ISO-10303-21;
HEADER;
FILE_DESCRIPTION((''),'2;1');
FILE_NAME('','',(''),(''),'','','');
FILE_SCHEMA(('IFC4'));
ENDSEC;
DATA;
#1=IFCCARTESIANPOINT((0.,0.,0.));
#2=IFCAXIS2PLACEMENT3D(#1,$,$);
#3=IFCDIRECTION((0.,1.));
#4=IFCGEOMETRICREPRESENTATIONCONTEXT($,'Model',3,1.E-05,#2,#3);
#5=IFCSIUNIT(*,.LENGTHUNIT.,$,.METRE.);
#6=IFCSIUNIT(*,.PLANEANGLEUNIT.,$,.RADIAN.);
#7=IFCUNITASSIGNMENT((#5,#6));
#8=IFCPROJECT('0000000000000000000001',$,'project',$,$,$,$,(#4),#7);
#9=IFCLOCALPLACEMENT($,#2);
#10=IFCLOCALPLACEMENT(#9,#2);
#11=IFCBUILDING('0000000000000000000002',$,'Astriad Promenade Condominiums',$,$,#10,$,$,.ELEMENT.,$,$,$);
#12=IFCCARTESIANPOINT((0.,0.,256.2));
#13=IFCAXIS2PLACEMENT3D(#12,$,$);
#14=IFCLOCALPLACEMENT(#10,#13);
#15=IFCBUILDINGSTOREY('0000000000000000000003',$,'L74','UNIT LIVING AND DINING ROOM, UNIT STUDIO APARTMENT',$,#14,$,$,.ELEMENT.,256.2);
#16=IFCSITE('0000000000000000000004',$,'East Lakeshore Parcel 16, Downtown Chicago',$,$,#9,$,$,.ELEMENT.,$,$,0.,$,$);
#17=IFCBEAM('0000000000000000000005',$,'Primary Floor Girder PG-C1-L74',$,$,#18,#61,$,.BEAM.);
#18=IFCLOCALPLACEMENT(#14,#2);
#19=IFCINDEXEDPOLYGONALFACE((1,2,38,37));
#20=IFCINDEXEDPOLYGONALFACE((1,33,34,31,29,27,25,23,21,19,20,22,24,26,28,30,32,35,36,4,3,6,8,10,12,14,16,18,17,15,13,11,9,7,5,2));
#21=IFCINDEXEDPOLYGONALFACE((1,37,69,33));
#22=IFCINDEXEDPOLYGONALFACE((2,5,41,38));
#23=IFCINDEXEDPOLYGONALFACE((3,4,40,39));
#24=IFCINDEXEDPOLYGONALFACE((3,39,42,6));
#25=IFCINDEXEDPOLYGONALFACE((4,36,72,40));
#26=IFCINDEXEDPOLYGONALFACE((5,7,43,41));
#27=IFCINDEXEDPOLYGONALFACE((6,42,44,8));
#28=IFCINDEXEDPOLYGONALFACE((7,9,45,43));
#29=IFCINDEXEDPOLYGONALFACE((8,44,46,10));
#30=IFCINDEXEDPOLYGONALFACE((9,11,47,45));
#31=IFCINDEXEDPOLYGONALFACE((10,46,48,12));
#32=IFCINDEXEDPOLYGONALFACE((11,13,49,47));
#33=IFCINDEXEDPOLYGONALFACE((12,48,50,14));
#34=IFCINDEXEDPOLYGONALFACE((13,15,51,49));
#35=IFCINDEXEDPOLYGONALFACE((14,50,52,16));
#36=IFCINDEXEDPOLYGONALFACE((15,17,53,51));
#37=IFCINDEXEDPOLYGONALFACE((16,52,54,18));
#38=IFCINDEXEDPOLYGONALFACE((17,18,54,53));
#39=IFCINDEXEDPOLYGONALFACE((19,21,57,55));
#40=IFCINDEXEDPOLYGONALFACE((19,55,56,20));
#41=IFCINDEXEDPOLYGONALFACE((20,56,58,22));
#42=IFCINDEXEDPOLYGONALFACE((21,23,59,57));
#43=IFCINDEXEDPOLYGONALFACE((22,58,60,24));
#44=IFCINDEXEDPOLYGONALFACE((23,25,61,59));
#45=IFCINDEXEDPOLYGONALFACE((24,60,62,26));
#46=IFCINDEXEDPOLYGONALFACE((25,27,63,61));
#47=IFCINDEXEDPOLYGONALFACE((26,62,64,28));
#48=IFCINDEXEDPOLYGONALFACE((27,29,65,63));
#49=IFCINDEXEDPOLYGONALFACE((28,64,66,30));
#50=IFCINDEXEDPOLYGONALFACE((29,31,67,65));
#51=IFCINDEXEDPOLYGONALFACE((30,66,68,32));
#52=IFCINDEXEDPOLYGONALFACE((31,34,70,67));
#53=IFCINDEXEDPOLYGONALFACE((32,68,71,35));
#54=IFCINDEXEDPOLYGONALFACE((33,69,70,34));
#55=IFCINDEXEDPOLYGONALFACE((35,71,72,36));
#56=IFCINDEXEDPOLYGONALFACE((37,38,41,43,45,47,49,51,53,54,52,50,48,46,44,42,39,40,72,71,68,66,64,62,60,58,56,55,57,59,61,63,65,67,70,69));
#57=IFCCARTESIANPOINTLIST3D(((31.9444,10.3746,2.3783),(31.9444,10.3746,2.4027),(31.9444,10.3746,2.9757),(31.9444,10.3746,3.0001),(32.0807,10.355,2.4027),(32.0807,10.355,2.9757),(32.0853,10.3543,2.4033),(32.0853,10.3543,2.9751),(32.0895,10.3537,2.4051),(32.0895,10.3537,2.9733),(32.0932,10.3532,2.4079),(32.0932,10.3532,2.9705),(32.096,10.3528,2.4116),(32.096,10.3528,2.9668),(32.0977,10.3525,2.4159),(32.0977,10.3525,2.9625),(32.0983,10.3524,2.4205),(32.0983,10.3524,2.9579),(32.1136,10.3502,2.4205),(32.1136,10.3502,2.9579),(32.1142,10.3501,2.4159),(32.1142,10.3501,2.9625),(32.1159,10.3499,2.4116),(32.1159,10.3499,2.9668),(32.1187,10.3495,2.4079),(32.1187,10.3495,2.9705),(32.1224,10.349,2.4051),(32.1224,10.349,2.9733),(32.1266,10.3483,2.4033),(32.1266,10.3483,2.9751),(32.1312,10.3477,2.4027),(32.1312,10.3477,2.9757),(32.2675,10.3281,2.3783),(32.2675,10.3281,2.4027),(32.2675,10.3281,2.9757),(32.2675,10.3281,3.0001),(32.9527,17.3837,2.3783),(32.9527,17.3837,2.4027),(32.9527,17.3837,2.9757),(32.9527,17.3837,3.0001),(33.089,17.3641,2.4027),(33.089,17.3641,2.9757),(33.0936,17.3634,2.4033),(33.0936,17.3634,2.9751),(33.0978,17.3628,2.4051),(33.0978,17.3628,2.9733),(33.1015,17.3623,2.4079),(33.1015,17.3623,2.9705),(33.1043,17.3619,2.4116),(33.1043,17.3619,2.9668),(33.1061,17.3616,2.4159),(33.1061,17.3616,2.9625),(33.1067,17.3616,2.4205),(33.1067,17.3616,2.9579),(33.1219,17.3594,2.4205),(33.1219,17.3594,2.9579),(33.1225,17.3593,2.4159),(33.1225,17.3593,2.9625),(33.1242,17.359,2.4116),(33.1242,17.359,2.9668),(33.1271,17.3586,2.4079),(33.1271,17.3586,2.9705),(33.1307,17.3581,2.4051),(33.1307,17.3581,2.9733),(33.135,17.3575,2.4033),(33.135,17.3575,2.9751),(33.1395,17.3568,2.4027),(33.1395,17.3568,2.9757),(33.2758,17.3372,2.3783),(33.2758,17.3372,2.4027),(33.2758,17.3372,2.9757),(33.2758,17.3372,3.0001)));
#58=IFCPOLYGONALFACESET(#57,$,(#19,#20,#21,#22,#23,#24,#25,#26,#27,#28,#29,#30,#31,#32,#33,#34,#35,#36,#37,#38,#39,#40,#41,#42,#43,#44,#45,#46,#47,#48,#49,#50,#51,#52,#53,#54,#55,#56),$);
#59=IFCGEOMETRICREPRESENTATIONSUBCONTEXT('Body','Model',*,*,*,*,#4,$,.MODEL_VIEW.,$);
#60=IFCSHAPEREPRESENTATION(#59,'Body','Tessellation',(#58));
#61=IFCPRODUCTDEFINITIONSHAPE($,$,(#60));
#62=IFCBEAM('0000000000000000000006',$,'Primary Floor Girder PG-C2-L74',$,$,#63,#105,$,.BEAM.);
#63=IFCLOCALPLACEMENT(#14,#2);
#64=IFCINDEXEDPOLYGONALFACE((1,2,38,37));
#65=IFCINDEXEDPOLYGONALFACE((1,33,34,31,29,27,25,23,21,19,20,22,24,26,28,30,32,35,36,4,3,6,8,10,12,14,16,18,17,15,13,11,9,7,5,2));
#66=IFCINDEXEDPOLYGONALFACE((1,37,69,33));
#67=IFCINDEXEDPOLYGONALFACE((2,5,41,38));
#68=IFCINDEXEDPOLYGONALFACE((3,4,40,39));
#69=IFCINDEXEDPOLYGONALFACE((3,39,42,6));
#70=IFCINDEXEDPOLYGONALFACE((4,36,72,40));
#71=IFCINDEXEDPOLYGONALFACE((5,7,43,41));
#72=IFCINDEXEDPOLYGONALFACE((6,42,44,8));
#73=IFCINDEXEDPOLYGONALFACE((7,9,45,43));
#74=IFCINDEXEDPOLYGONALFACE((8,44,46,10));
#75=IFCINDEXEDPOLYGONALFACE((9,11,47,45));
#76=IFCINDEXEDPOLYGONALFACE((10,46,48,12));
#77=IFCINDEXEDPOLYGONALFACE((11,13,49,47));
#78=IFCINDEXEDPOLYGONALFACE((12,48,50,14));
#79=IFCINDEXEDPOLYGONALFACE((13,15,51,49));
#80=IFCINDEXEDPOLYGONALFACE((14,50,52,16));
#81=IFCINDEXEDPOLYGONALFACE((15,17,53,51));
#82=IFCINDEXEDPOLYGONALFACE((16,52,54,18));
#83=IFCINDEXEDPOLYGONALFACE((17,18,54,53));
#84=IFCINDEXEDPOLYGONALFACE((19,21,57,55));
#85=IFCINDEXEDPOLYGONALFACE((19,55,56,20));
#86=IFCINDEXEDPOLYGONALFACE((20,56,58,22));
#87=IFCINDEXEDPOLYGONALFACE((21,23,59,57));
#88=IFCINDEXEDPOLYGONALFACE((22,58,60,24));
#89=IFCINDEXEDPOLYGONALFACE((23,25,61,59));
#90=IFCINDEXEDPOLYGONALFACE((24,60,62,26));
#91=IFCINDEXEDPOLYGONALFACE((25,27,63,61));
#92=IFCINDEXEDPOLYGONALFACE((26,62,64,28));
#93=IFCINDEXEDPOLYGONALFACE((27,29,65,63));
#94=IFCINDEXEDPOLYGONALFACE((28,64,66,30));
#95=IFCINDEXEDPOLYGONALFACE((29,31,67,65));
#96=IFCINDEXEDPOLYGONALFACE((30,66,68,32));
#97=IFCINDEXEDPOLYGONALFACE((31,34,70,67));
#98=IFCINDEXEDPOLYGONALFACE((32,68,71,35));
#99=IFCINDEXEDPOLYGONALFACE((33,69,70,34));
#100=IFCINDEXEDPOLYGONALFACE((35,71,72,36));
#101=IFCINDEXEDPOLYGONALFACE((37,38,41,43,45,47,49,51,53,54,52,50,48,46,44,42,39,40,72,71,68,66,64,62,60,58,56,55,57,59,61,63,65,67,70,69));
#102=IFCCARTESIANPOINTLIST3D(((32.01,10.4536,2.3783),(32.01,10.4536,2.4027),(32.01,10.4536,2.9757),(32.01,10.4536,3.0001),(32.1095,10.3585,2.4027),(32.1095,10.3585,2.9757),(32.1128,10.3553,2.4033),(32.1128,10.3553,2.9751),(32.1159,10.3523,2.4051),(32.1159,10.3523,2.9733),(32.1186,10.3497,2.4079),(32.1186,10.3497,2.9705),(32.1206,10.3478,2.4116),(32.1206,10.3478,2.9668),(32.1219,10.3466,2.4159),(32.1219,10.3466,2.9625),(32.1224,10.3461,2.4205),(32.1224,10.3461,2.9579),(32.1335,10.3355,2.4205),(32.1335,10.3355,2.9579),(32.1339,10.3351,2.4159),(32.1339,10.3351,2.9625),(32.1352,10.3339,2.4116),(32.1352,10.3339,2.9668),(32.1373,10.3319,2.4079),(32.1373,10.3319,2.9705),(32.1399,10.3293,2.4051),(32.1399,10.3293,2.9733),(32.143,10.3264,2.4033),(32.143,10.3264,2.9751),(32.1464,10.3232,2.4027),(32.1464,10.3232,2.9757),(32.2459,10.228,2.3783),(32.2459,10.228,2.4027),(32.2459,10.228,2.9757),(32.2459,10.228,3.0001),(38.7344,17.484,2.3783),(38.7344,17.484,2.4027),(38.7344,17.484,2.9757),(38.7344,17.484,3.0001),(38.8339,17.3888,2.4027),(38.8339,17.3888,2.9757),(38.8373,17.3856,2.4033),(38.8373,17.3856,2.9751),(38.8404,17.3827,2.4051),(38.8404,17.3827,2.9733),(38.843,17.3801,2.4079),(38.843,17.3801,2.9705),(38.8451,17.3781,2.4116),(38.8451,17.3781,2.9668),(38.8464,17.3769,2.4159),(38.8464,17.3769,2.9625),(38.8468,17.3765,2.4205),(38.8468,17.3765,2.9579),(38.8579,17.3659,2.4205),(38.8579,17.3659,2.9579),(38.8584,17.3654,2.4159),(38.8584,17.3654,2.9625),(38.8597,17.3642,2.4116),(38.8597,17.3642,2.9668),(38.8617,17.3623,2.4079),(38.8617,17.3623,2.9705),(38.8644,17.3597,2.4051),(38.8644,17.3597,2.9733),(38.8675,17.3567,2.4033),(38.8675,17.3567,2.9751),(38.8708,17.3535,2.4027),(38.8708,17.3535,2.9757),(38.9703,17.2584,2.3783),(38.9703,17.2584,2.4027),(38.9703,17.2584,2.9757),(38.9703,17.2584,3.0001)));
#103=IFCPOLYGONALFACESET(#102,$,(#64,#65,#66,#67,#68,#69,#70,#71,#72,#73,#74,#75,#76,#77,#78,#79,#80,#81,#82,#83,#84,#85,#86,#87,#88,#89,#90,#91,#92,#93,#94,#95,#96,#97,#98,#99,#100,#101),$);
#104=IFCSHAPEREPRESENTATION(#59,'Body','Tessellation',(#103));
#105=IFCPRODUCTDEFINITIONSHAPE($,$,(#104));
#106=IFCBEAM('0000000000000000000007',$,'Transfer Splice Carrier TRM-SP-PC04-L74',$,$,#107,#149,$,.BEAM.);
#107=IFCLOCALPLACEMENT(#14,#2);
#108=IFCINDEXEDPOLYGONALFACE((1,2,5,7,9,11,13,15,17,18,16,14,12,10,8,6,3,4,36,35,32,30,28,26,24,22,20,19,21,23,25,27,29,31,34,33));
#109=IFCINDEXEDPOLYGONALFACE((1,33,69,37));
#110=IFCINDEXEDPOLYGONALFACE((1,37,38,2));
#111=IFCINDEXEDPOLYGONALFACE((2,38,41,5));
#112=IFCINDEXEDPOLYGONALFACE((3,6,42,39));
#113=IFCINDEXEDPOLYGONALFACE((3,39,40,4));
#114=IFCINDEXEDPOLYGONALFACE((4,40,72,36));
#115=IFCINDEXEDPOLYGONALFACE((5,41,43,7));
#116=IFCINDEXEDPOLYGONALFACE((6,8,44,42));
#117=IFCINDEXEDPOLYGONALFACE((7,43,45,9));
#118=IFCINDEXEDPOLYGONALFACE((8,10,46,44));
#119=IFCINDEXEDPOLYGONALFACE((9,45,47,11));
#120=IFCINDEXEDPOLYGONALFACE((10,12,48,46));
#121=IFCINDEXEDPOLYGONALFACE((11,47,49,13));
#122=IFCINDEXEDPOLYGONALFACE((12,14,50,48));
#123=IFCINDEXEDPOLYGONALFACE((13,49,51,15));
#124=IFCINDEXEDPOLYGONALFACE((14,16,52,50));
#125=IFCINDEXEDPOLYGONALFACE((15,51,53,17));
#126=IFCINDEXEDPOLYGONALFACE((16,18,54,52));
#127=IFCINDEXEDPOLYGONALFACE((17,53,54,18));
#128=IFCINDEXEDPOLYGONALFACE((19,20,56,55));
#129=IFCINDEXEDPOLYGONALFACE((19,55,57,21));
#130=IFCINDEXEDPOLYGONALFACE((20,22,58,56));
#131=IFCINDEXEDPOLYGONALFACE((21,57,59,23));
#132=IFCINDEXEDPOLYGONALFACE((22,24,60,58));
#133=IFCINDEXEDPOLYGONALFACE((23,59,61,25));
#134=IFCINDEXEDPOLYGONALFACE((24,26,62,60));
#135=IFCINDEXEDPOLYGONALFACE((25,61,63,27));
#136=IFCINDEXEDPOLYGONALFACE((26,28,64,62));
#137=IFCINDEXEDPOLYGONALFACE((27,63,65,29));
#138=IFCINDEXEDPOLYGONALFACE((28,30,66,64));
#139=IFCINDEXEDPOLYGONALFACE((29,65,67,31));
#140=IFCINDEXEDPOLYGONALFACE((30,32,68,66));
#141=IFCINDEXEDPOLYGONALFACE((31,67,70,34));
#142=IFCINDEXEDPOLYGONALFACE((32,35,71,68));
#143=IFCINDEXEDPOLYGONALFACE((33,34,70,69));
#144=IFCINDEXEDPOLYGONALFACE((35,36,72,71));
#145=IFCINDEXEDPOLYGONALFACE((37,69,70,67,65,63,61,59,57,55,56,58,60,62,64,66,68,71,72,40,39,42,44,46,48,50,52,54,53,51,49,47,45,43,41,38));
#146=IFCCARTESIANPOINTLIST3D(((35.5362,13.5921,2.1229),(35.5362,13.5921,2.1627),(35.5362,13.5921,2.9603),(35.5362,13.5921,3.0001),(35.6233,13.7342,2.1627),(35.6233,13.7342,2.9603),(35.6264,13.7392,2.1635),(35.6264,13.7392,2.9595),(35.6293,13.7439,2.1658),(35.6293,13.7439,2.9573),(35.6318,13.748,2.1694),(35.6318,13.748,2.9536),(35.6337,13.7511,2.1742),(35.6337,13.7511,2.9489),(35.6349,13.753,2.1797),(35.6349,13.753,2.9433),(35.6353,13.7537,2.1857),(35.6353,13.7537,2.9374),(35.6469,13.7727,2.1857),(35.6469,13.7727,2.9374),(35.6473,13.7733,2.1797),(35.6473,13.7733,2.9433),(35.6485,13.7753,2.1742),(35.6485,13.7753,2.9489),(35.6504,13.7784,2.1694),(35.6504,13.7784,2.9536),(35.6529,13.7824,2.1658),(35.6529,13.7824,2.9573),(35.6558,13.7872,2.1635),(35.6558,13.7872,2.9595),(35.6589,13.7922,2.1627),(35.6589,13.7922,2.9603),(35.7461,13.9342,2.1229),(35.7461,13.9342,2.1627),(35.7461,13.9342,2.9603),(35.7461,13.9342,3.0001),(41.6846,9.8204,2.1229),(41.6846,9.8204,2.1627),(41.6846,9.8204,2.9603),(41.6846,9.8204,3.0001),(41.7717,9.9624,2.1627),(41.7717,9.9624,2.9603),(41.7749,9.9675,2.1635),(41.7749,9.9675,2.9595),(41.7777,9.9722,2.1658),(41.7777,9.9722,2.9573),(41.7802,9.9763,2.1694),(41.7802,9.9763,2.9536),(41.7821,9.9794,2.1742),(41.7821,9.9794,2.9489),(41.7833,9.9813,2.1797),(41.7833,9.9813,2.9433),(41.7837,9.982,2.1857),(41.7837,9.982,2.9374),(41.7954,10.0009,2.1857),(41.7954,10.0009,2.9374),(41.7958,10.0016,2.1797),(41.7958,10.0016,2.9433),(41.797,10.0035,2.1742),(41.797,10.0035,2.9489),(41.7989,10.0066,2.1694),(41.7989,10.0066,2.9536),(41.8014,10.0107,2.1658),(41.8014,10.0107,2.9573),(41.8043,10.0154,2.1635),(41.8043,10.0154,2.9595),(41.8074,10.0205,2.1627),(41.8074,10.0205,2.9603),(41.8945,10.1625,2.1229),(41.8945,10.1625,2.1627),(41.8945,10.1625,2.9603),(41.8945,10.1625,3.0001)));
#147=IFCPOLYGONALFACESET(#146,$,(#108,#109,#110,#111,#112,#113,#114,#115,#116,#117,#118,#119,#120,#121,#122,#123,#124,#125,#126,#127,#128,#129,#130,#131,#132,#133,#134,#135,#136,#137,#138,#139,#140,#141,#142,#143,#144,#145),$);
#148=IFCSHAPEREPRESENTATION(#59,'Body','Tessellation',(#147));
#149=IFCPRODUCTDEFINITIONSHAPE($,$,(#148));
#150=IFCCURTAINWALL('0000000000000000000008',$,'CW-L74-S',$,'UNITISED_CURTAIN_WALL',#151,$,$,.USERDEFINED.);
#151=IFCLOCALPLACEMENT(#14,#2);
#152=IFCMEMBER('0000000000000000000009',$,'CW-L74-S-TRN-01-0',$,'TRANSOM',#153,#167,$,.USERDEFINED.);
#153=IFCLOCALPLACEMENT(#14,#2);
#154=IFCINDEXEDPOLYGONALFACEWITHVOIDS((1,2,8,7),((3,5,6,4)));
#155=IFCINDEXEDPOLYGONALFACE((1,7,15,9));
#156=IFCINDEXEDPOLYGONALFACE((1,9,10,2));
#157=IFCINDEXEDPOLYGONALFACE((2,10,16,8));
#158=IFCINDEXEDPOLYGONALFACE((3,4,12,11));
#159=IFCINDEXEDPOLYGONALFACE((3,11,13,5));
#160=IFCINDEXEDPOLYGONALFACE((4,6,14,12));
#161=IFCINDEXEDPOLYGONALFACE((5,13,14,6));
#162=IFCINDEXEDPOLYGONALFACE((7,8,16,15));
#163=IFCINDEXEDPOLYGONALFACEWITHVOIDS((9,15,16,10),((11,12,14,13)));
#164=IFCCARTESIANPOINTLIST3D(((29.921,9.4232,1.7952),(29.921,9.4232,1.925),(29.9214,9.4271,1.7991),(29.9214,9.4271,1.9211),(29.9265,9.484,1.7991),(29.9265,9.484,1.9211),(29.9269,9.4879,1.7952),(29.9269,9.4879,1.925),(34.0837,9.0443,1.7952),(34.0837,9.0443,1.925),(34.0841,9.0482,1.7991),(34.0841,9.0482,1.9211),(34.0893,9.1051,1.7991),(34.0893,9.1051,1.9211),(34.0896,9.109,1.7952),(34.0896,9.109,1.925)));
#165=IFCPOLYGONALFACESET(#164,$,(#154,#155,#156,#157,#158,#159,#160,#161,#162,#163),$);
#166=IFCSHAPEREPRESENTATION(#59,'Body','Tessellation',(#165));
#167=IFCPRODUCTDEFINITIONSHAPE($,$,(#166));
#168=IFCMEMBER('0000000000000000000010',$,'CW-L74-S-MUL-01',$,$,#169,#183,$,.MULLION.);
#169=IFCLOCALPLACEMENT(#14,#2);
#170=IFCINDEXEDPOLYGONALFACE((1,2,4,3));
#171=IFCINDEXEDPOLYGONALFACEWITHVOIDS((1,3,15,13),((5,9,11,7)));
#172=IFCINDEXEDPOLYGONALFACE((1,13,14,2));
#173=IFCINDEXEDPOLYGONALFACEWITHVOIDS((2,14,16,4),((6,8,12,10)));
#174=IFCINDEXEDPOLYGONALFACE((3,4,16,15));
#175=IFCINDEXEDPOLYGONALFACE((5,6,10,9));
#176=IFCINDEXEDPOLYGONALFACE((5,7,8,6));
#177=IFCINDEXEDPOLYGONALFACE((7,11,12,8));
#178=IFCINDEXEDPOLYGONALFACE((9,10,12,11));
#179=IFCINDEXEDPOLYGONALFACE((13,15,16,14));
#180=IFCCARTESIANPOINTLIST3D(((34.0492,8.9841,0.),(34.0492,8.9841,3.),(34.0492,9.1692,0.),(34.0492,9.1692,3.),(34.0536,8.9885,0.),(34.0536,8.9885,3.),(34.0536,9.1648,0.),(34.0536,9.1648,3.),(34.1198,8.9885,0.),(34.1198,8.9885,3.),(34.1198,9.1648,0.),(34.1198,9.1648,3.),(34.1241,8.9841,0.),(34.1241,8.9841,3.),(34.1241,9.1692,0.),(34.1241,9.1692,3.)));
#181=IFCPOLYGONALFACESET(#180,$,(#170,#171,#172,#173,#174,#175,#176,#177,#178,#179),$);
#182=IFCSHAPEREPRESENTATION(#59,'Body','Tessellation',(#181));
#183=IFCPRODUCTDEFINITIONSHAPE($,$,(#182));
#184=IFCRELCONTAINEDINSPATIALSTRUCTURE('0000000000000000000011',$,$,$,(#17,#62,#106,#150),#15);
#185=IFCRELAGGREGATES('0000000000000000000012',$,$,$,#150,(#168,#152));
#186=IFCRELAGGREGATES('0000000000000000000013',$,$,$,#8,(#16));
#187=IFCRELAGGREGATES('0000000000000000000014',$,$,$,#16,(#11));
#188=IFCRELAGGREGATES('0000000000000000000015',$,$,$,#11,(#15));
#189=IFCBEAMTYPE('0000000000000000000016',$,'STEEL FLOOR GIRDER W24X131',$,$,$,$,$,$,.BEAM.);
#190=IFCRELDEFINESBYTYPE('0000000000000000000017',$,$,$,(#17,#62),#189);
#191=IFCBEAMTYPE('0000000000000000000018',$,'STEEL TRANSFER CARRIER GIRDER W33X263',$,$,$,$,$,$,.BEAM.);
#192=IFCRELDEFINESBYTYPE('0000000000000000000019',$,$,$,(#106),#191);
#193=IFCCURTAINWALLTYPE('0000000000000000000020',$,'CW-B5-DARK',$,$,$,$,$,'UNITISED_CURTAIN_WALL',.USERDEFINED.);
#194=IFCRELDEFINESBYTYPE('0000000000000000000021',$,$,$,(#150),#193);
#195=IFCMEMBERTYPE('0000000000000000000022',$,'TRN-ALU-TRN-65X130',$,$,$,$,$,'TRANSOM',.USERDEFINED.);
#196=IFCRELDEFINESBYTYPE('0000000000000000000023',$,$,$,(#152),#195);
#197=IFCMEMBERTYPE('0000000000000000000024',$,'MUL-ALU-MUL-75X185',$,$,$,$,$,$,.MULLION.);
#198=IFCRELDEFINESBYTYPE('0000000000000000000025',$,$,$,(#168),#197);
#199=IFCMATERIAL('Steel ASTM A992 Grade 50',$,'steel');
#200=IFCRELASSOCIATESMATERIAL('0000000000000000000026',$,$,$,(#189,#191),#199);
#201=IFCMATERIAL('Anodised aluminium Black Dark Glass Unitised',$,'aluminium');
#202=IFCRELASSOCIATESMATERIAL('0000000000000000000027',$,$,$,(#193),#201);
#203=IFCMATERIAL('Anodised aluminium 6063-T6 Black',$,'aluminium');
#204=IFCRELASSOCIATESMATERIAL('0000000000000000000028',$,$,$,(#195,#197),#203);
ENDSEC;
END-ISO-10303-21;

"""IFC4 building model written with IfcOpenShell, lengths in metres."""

from ifc_helpers import new_model, si_unit, direction, frame, origin, origin_2d, place, context, subcontext, project, spatial, hollow_rectangle, i_section, extrude, source, transform, mapped, material, material_profile, profile_set, type_object, type_shapes, element, aggregate, save


model = new_model("IFC4")

# Units and contexts
model_context = context("Model", 3, precision=1e-05, world=origin(), true_north=direction((0.0, 1.0)))
body_context = subcontext(model_context, "Body", "Model", "MODEL_VIEW")
ifc_project = project(units=[si_unit("LENGTHUNIT", "METRE"), si_unit("PLANEANGLEUNIT", "RADIAN")], contexts=[model_context])

# Site, building, storey
site_placement = place(None, origin())
site = spatial("IfcSite", under=ifc_project, at=site_placement, Name="East Lakeshore Parcel 16, Downtown Chicago", CompositionType="ELEMENT", RefElevation=0.0)
building_placement = place(site_placement, origin())
building = spatial("IfcBuilding", under=site, at=building_placement, Name="Astriad Promenade Condominiums", CompositionType="ELEMENT")
storey_placement = place(building_placement, frame((0.0, 0.0, 256.2)))
storey = spatial("IfcBuildingStorey", under=building, at=storey_placement, Name="L74", Description="UNIT LIVING AND DINING ROOM, UNIT STUDIO APARTMENT", CompositionType="ELEMENT", Elevation=256.2)

# Shared definitions
ifc_material_1 = material(Name="Steel ASTM A992 Grade 50", Category="steel")

# Beams
ifc_material_profile_1 = material_profile(ifc_material_1, i_section(OverallWidth=0.3264, OverallDepth=0.6218, WebThickness=0.0154, FlangeThickness=0.0244, FilletRadius=0.0178, at=origin_2d()), Name="W24X131")
ifc_profile_set_1 = profile_set([ifc_material_profile_1], Name="Steel ASTM A992 Grade 50")
beam_type_1 = type_object("IfcBeamType", Name="STEEL FLOOR GIRDER W24X131", PredefinedType="BEAM", material=ifc_profile_set_1)
shared_shape_1 = source(origin(), body_context, "Body", "SweptSolid", [
    extrude(i_section(OverallWidth=0.3264, OverallDepth=0.6218, WebThickness=0.0154, FlangeThickness=0.0244, FilletRadius=0.0178, at=origin_2d()), origin(), (0.0, 0.0, 1.0), 7.0813),
])
beam_1_placement = place(storey_placement, frame((32.106, 10.3513, 2.6892), z_axis=(0.142391, 0.98981, 0.0), x_axis=(-0.98981, 0.142391, 0.0)))
element("IfcBeam", 1, at=beam_1_placement, inside=storey, type_object=beam_type_1, Name="Primary Floor Girder PG-C1-L74", PredefinedType="BEAM", context=body_context, shape_type="MappedRepresentation", body=[
    mapped(shared_shape_1, transform((0.0, 0.0, 0.0), scale=1.0)),
])
shared_shape_2 = source(origin(), body_context, "Body", "SweptSolid", [
    extrude(i_section(OverallWidth=0.3264, OverallDepth=0.6218, WebThickness=0.0154, FlangeThickness=0.0244, FilletRadius=0.0178, at=origin_2d()), origin(), (0.0, 0.0, 1.0), 9.7285),
])
type_shapes(beam_type_1, [shared_shape_1, shared_shape_2])
beam_2_placement = place(storey_placement, frame((32.1279, 10.3408, 2.6892), z_axis=(0.69121, 0.722654, 0.0), x_axis=(-0.722654, 0.69121, 0.0)))
element("IfcBeam", 2, at=beam_2_placement, inside=storey, type_object=beam_type_1, Name="Primary Floor Girder PG-C2-L74", PredefinedType="BEAM", context=body_context, shape_type="MappedRepresentation", body=[
    mapped(shared_shape_2, transform((0.0, 0.0, 0.0), scale=1.0)),
])
ifc_material_profile_2 = material_profile(ifc_material_1, i_section(OverallWidth=0.4014, OverallDepth=0.8772, WebThickness=0.0222, FlangeThickness=0.0398, FilletRadius=0.0229, at=origin_2d()), Name="W33X263")
ifc_profile_set_2 = profile_set([ifc_material_profile_2], Name="Steel ASTM A992 Grade 50")
beam_type_2 = type_object("IfcBeamType", Name="STEEL TRANSFER CARRIER GIRDER W33X263", PredefinedType="BEAM", material=ifc_profile_set_2)
shared_shape_3 = source(origin(), body_context, "Body", "SweptSolid", [
    extrude(i_section(OverallWidth=0.4014, OverallDepth=0.8772, WebThickness=0.0222, FlangeThickness=0.0398, FilletRadius=0.0229, at=origin_2d()), origin(), (0.0, 0.0, 1.0), 7.2131),
])
type_shapes(beam_type_2, [shared_shape_3])
beam_3_placement = place(storey_placement, frame((35.6411, 13.7632, 2.5615), z_axis=(0.852395, -0.522898, 0.0), x_axis=(0.522898, 0.852395, 0.0)))
element("IfcBeam", 3, at=beam_3_placement, inside=storey, type_object=beam_type_2, Name="Transfer Splice Carrier TRM-SP-PC04-L74", PredefinedType="BEAM", context=body_context, shape_type="MappedRepresentation", body=[
    mapped(shared_shape_3, transform((0.0, 0.0, 0.0), scale=1.0)),
])

# Curtain wall, members
ifc_material_2 = material(Name="Anodised aluminium Black Dark Glass Unitised", Category="aluminium")
curtain_wall_type = type_object("IfcCurtainWallType", Name="CW-B5-DARK", ElementType="UNITISED_CURTAIN_WALL", PredefinedType="USERDEFINED", material=ifc_material_2)
curtain_wall_placement = place(storey_placement, origin())
curtain_wall = element("IfcCurtainWall", 4, at=curtain_wall_placement, inside=storey, type_object=curtain_wall_type, Name="CW-L74-S", ObjectType="UNITISED_CURTAIN_WALL", PredefinedType="USERDEFINED")
ifc_material_3 = material(Name="Anodised aluminium 6063-T6 Black", Category="aluminium")
ifc_material_profile_3 = material_profile(ifc_material_3, hollow_rectangle(XDim=0.0649, YDim=0.1299, WallThickness=0.0039, at=origin_2d()), Name="ALU-TRN-65X130")
ifc_profile_set_3 = profile_set([ifc_material_profile_3], Name="Anodised aluminium 6063-T6 Black")
member_type_1 = type_object("IfcMemberType", Name="TRN-ALU-TRN-65X130", ElementType="TRANSOM", PredefinedType="USERDEFINED", material=ifc_profile_set_3)
shared_shape_4 = source(origin(), body_context, "Body", "SweptSolid", [
    extrude(hollow_rectangle(XDim=0.0649, YDim=0.1299, WallThickness=0.0039, at=origin_2d()), origin(), (0.0, 0.0, 1.0), 4.1799),
])
type_shapes(member_type_1, [shared_shape_4])
member_1_placement = place(storey_placement, frame((34.0867, 9.0767, 1.8601), z_axis=(-0.995883, 0.090646, 0.0), x_axis=(-0.090646, -0.995883, 0.0)))
member_1 = element("IfcMember", 5, at=member_1_placement, type_object=member_type_1, Name="CW-L74-S-TRN-01-0", ObjectType="TRANSOM", PredefinedType="USERDEFINED", context=body_context, shape_type="MappedRepresentation", body=[
    mapped(shared_shape_4, transform((0.0, 0.0, 0.0), scale=1.0)),
])
ifc_material_profile_4 = material_profile(ifc_material_3, hollow_rectangle(XDim=0.075, YDim=0.1851, WallThickness=0.0044, at=origin_2d()), Name="ALU-MUL-75X185")
ifc_profile_set_4 = profile_set([ifc_material_profile_4], Name="Anodised aluminium 6063-T6 Black")
member_type_2 = type_object("IfcMemberType", Name="MUL-ALU-MUL-75X185", PredefinedType="MULLION", material=ifc_profile_set_4)
shared_shape_5 = source(origin(), body_context, "Body", "SweptSolid", [
    extrude(hollow_rectangle(XDim=0.075, YDim=0.1851, WallThickness=0.0044, at=origin_2d()), origin(), (0.0, 0.0, 1.0), 3.0),
])
type_shapes(member_type_2, [shared_shape_5])
member_2_placement = place(storey_placement, frame((34.0867, 9.0767, 0.0), z_axis=(0.0, 0.0, 1.0), x_axis=(1.0, 0.0, 0.0)))
member_2 = element("IfcMember", 6, at=member_2_placement, type_object=member_type_2, Name="CW-L74-S-MUL-01", PredefinedType="MULLION", context=body_context, shape_type="MappedRepresentation", body=[
    mapped(shared_shape_5, transform((0.0, 0.0, 0.0), scale=1.0)),
])
aggregate(curtain_wall, [member_2, member_1])

save(model, "model.ifc")
